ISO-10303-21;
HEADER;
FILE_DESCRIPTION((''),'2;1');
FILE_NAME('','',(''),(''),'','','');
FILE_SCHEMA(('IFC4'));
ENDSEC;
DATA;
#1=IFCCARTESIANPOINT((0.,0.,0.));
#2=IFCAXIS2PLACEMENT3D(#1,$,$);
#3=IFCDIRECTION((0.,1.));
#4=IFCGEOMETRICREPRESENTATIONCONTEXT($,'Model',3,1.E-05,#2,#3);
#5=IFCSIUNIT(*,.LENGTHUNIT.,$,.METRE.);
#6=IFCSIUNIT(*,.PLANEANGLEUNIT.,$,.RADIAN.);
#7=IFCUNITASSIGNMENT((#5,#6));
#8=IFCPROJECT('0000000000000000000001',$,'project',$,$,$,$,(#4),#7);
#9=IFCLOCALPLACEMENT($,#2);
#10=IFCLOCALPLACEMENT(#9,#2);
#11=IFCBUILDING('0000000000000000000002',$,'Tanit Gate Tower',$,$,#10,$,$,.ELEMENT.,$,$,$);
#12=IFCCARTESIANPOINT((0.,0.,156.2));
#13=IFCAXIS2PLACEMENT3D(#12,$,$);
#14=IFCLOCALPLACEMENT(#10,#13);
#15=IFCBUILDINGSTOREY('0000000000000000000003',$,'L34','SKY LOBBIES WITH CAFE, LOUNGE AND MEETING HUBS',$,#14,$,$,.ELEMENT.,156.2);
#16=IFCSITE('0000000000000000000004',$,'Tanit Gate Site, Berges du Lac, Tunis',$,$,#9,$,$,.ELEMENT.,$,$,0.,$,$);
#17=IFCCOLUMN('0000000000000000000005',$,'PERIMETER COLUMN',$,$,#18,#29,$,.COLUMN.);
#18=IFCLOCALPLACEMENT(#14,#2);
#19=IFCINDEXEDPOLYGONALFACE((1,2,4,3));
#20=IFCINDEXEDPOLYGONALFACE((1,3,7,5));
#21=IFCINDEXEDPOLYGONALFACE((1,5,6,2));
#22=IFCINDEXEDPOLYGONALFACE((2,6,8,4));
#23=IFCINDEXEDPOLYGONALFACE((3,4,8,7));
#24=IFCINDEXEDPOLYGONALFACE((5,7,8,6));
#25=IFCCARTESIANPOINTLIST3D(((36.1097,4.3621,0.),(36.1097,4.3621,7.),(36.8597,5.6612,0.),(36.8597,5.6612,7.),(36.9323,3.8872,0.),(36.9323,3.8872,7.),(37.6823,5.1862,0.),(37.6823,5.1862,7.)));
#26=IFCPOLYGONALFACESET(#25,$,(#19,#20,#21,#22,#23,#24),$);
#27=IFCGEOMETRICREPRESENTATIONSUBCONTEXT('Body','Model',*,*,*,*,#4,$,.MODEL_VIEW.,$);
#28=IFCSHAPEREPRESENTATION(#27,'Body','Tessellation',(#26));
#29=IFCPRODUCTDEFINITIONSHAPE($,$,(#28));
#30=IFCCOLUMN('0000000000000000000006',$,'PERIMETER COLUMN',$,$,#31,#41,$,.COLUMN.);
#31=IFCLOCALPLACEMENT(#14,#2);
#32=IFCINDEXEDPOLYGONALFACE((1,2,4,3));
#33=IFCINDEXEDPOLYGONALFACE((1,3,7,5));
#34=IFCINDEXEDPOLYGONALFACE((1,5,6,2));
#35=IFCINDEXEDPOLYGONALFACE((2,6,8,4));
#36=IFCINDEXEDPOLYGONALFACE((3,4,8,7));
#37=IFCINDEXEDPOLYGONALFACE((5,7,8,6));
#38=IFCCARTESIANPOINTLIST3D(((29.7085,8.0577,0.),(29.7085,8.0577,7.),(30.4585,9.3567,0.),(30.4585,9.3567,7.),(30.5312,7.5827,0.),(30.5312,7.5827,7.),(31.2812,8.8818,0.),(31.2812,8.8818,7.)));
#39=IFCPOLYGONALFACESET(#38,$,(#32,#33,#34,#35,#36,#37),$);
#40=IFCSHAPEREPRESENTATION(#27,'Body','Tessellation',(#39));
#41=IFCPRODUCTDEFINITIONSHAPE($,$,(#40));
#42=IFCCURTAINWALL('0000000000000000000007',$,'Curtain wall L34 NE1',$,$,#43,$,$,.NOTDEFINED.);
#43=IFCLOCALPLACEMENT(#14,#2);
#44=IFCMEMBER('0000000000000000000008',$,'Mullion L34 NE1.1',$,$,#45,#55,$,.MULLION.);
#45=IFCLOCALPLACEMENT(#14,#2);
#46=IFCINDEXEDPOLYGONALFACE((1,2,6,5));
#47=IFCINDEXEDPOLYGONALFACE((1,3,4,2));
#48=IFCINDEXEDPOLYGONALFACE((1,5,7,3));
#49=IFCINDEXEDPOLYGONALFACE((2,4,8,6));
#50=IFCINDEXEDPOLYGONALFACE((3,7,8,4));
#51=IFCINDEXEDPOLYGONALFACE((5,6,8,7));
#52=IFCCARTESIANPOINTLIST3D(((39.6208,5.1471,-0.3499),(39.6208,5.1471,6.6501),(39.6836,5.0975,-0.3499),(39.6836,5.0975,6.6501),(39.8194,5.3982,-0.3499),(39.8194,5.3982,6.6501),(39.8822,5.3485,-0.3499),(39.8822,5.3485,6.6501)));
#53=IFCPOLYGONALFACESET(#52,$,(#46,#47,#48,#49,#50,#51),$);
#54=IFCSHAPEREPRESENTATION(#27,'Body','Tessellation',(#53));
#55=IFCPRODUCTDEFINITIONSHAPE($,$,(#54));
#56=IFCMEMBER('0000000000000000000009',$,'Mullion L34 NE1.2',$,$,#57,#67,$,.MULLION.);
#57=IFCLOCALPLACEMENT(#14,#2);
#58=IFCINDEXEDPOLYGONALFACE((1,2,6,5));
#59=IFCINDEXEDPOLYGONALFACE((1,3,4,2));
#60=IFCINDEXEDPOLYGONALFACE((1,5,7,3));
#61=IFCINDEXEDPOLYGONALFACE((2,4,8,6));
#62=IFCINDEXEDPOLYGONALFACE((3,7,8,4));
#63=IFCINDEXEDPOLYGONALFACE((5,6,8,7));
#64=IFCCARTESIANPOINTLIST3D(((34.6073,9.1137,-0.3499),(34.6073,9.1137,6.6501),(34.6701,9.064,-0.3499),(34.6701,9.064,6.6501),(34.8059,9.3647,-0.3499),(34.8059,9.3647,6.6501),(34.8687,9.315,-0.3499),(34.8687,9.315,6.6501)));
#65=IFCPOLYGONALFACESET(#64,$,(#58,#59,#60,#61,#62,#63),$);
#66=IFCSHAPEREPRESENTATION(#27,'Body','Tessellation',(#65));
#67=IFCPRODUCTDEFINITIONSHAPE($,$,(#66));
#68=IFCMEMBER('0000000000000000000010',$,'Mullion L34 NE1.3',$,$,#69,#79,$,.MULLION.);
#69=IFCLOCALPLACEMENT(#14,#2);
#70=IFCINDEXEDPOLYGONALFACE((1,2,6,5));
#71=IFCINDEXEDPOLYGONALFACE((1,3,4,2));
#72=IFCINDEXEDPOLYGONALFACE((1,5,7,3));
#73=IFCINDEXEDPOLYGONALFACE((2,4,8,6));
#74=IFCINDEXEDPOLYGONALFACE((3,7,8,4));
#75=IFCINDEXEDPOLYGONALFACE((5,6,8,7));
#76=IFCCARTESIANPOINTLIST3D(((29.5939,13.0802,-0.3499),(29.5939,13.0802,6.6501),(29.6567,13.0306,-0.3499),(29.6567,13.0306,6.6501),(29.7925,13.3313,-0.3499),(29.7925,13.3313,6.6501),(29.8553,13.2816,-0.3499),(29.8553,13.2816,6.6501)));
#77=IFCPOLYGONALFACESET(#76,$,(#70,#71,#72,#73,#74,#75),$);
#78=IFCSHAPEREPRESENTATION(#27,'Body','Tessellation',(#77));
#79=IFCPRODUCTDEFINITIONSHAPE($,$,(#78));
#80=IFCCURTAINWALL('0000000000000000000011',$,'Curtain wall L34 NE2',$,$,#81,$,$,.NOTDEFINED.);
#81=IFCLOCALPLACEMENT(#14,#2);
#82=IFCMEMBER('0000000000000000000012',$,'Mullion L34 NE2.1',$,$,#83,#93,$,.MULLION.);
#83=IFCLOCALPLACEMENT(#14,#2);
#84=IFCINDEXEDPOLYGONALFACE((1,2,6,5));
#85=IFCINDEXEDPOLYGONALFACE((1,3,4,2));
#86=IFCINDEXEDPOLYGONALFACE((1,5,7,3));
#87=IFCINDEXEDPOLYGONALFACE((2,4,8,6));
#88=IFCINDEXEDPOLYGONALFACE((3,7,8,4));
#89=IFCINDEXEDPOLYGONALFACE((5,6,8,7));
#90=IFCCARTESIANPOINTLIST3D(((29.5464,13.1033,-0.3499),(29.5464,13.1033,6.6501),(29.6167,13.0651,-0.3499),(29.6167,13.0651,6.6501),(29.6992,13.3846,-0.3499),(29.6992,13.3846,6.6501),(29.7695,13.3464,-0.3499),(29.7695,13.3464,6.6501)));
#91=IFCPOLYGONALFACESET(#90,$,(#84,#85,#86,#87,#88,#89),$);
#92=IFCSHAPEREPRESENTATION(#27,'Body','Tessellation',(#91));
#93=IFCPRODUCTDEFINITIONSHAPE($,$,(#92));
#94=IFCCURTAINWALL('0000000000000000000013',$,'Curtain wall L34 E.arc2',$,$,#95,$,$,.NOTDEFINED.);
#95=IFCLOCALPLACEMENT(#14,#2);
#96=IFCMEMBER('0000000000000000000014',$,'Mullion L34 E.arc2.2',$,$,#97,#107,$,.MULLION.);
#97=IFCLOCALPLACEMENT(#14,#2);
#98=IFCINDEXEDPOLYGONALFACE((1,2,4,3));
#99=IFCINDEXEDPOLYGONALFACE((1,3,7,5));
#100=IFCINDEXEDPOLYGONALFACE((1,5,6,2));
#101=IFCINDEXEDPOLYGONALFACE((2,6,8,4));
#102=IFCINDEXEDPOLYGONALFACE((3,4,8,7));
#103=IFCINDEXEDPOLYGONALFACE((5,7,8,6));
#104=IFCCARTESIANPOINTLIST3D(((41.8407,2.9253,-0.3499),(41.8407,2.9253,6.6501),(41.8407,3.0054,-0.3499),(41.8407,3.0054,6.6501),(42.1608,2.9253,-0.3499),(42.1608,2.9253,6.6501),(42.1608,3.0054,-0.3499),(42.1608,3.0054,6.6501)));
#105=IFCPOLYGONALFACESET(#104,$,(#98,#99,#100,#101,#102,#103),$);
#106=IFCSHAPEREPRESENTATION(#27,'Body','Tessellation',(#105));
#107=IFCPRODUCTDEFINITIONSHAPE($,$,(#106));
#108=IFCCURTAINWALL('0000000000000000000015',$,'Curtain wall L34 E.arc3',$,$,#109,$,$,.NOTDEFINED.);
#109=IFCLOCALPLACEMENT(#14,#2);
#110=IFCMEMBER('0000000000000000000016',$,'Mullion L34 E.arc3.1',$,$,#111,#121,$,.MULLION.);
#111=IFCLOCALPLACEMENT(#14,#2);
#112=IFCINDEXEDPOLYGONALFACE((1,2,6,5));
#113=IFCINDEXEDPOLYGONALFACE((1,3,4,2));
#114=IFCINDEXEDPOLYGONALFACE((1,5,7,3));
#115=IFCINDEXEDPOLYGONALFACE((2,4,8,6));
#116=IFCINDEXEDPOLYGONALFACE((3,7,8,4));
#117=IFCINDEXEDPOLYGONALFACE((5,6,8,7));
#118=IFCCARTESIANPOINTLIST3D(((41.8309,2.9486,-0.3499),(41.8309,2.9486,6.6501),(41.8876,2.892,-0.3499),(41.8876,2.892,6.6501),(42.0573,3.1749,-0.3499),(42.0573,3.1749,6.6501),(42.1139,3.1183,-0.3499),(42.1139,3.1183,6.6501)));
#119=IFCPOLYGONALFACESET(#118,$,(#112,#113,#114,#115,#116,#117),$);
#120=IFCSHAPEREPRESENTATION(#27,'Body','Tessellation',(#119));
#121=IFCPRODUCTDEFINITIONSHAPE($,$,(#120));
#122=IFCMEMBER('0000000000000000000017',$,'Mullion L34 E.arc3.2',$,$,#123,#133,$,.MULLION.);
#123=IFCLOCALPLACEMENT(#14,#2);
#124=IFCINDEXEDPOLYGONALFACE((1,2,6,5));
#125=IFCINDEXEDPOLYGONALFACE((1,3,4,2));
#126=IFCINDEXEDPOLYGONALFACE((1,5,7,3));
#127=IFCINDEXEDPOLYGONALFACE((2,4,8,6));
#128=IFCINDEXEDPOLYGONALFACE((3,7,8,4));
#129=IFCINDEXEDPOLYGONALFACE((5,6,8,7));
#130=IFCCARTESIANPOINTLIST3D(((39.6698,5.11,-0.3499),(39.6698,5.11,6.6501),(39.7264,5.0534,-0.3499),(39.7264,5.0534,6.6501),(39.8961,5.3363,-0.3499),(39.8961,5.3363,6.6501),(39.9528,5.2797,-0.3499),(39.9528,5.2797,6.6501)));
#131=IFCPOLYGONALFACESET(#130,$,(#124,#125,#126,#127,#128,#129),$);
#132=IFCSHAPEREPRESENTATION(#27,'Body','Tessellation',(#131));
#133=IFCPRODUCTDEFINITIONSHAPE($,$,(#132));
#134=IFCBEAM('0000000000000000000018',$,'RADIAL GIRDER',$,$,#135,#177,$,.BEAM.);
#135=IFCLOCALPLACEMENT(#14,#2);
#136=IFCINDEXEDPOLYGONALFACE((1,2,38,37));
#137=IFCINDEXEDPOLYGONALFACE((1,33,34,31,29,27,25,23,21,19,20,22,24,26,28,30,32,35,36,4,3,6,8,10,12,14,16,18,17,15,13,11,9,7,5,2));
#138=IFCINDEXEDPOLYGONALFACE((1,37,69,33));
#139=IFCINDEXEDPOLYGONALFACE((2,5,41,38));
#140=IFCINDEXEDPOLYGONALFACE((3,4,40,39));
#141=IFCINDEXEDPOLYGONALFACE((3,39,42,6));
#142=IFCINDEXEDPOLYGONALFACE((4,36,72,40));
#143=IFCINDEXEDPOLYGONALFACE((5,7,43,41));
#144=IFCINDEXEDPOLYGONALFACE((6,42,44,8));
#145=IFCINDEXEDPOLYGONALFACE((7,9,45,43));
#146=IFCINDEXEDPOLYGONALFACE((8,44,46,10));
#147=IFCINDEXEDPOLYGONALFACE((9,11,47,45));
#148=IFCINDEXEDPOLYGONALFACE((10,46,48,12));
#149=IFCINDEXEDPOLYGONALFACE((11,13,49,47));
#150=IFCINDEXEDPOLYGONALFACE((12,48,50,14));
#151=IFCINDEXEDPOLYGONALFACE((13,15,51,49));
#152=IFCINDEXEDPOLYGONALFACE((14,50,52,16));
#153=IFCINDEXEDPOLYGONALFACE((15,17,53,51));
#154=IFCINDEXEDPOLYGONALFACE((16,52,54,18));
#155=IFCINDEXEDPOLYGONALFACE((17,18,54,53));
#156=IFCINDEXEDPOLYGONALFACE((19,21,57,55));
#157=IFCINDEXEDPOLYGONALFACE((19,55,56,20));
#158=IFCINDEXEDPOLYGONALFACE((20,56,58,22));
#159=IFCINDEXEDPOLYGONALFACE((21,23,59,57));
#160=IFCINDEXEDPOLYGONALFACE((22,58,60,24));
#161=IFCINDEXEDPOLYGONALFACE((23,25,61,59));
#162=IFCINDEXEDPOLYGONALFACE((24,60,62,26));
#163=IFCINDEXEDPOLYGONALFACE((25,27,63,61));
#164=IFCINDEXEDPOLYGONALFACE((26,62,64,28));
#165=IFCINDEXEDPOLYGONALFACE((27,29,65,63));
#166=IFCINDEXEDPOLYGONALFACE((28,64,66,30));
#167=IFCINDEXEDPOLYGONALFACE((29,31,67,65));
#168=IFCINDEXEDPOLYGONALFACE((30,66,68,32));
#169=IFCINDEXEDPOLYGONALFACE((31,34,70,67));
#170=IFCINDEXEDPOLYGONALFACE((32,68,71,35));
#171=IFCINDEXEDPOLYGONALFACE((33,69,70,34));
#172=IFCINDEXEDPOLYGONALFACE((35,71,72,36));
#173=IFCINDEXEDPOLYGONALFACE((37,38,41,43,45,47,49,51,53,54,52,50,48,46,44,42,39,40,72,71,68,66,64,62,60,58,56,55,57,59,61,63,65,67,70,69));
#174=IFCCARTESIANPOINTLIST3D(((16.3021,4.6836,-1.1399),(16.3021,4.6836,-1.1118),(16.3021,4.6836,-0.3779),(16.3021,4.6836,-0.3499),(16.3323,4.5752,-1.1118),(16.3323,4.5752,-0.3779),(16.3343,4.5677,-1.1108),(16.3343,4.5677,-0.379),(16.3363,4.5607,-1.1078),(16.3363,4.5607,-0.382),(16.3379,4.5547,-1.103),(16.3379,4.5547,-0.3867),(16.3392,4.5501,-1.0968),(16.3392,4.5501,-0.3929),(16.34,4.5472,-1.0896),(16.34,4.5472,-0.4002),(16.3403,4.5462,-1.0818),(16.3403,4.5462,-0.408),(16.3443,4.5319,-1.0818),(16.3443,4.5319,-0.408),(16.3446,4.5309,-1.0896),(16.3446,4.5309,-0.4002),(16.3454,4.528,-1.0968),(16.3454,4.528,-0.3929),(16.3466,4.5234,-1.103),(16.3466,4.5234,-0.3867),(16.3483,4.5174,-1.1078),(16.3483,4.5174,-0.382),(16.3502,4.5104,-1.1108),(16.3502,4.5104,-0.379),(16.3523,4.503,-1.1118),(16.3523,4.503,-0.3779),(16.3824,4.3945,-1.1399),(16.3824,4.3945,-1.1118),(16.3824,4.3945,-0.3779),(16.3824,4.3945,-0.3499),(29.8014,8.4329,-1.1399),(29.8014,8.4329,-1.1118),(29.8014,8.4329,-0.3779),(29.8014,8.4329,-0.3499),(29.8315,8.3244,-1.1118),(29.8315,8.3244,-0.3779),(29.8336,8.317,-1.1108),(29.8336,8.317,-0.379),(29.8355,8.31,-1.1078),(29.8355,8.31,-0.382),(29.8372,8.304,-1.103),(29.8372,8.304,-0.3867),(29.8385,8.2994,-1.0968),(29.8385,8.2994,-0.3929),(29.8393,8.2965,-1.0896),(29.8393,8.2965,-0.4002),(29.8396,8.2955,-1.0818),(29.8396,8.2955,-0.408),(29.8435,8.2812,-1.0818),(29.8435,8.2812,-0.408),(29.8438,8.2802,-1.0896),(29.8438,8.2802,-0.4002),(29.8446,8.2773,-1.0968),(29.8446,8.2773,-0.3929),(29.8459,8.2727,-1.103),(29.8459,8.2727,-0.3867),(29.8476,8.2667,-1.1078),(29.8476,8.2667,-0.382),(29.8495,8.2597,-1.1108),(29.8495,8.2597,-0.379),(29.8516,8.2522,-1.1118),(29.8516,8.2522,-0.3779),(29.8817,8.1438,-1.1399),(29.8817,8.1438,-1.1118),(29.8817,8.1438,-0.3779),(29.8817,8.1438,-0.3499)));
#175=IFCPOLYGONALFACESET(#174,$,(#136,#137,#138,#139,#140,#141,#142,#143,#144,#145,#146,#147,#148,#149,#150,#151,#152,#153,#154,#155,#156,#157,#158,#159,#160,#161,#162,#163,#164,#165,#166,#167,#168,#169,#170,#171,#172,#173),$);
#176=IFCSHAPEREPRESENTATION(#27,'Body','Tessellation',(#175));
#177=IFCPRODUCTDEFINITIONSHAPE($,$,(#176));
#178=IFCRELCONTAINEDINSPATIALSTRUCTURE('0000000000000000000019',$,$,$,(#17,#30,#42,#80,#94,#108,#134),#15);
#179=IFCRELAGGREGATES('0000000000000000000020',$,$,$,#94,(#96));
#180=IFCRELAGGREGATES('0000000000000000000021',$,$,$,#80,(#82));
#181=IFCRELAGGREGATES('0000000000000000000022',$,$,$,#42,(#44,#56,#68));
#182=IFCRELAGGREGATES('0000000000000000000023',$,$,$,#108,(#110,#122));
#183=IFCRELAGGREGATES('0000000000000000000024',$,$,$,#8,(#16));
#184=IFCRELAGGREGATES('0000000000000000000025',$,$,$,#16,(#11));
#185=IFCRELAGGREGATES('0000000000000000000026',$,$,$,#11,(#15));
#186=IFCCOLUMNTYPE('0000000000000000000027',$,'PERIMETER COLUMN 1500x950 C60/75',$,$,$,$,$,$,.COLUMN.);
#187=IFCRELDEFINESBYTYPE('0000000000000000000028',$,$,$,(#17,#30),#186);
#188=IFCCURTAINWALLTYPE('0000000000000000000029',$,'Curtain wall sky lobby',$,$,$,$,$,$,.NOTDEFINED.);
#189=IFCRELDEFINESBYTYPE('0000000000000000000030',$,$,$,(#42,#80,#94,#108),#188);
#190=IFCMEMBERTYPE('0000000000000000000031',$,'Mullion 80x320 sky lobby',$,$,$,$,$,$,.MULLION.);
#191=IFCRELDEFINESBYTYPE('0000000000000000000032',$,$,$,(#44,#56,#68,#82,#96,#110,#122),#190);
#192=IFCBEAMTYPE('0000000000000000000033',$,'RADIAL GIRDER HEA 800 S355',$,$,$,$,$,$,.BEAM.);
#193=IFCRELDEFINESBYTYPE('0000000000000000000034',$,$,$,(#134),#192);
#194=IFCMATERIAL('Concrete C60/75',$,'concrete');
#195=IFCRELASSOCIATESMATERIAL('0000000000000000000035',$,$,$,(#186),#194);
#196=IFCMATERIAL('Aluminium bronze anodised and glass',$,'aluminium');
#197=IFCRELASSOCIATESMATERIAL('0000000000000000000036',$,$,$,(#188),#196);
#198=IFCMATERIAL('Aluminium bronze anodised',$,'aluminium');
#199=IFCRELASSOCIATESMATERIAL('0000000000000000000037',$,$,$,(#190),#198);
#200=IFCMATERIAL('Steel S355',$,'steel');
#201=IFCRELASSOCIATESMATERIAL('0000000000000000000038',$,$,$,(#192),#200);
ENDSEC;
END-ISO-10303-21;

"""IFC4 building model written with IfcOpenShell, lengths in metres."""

from ifc_helpers import new_model, si_unit, direction, frame, origin, origin_2d, place, context, subcontext, project, spatial, rectangle, i_section, extrude, material, material_profile, profile_set, type_object, element, aggregate, save


model = new_model("IFC4")

# Units and contexts
model_context = context("Model", 3, precision=1e-05, world=origin(), true_north=direction((0.0, 1.0)))
body_context = subcontext(model_context, "Body", "Model", "MODEL_VIEW")
ifc_project = project(units=[si_unit("LENGTHUNIT", "METRE"), si_unit("PLANEANGLEUNIT", "RADIAN")], contexts=[model_context])

# Site, building, storey
site_placement = place(None, origin())
site = spatial("IfcSite", under=ifc_project, at=site_placement, Name="Tanit Gate Site, Berges du Lac, Tunis", CompositionType="ELEMENT", RefElevation=0.0)
building_placement = place(site_placement, origin())
building = spatial("IfcBuilding", under=site, at=building_placement, Name="Tanit Gate Tower", CompositionType="ELEMENT")
storey_placement = place(building_placement, frame((0.0, 0.0, 156.2)))
storey = spatial("IfcBuildingStorey", under=building, at=storey_placement, Name="L34", Description="SKY LOBBIES WITH CAFE, LOUNGE AND MEETING HUBS", CompositionType="ELEMENT", Elevation=156.2)

# Columns
ifc_material_1 = material(Name="Concrete C60/75", Category="concrete")
ifc_material_profile_1 = material_profile(ifc_material_1, rectangle(XDim=1.5, YDim=0.95, at=origin_2d()), Name="RC 1500x950")
ifc_profile_set_1 = profile_set([ifc_material_profile_1], Name="Concrete C60/75")
column_type = type_object("IfcColumnType", Name="PERIMETER COLUMN 1500x950 C60/75", PredefinedType="COLUMN", material=ifc_profile_set_1)
for number, where, z_axis, x_axis, name in (
    (1, (36.896, 4.7742, 0.0), (0.0, 0.0, 1.0), (0.5, 0.866025, 0.0), "PERIMETER COLUMN"),
    (2, (30.4949, 8.4697, 0.0), (0.0, 0.0, 1.0), (0.5, 0.866025, 0.0), "PERIMETER COLUMN"),
):
    element("IfcColumn", number, at=place(storey_placement, frame(where, z_axis=z_axis, x_axis=x_axis)), inside=storey, type_object=column_type, Name=name, PredefinedType="COLUMN", context=body_context, shape_type="SweptSolid", body=[
        extrude(rectangle(XDim=1.5, YDim=0.95, at=origin_2d()), origin(), (0.0, 0.0, 1.0), 7.0),
    ])

# Curtain wall, members
ifc_material_2 = material(Name="Aluminium bronze anodised and glass", Category="aluminium")
curtain_wall_type = type_object("IfcCurtainWallType", Name="Curtain wall sky lobby", PredefinedType="NOTDEFINED", material=ifc_material_2)
curtain_wall_1_placement = place(storey_placement, origin())
curtain_wall_1 = element("IfcCurtainWall", 3, at=curtain_wall_1_placement, inside=storey, type_object=curtain_wall_type, Name="Curtain wall L34 NE1", PredefinedType="NOTDEFINED")
ifc_material_3 = material(Name="Aluminium bronze anodised", Category="aluminium")
ifc_material_profile_2 = material_profile(ifc_material_3, rectangle(XDim=0.3201, YDim=0.0801, at=origin_2d()), Name="80x320 bronze mullion")
ifc_profile_set_2 = profile_set([ifc_material_profile_2], Name="Aluminium bronze anodised")
member_type_1 = type_object("IfcMemberType", Name="Mullion 80x320 sky lobby", PredefinedType="MULLION", material=ifc_profile_set_2)
member_1_placement = place(storey_placement, frame((39.7515, 5.2478, -0.3499), z_axis=(0.0, 0.0, 1.0), x_axis=(-0.620462, -0.784237, 0.0)))
member_1 = element("IfcMember", 4, at=member_1_placement, type_object=member_type_1, Name="Mullion L34 NE1.1", PredefinedType="MULLION", context=body_context, shape_type="SweptSolid", body=[
    extrude(rectangle(XDim=0.3201, YDim=0.0801, at=origin_2d()), origin(), (0.0, 0.0, 1.0), 7.0),
])
member_2_placement = place(storey_placement, frame((34.738, 9.2144, -0.3499), z_axis=(0.0, 0.0, 1.0), x_axis=(-0.620462, -0.784237, 0.0)))
member_2 = element("IfcMember", 5, at=member_2_placement, type_object=member_type_1, Name="Mullion L34 NE1.2", PredefinedType="MULLION", context=body_context, shape_type="SweptSolid", body=[
    extrude(rectangle(XDim=0.3201, YDim=0.0801, at=origin_2d()), origin(), (0.0, 0.0, 1.0), 7.0),
])
member_3_placement = place(storey_placement, frame((29.7246, 13.1809, -0.3499), z_axis=(0.0, 0.0, 1.0), x_axis=(-0.620462, -0.784237, 0.0)))
member_3 = element("IfcMember", 6, at=member_3_placement, type_object=member_type_1, Name="Mullion L34 NE1.3", PredefinedType="MULLION", context=body_context, shape_type="SweptSolid", body=[
    extrude(rectangle(XDim=0.3201, YDim=0.0801, at=origin_2d()), origin(), (0.0, 0.0, 1.0), 7.0),
])

# Curtain walls, members
curtain_wall_2_placement = place(storey_placement, origin())
curtain_wall_2 = element("IfcCurtainWall", 7, at=curtain_wall_2_placement, inside=storey, type_object=curtain_wall_type, Name="Curtain wall L34 NE2", PredefinedType="NOTDEFINED")
member_4_placement = place(storey_placement, frame((29.658, 13.2249, -0.3499), z_axis=(0.0, 0.0, 1.0), x_axis=(-0.477381, -0.878696, 0.0)))
member_4 = element("IfcMember", 8, at=member_4_placement, type_object=member_type_1, Name="Mullion L34 NE2.1", PredefinedType="MULLION", context=body_context, shape_type="SweptSolid", body=[
    extrude(rectangle(XDim=0.3201, YDim=0.0801, at=origin_2d()), origin(), (0.0, 0.0, 1.0), 7.0),
])
curtain_wall_3_placement = place(storey_placement, origin())
curtain_wall_3 = element("IfcCurtainWall", 9, at=curtain_wall_3_placement, inside=storey, type_object=curtain_wall_type, Name="Curtain wall L34 E.arc2", PredefinedType="NOTDEFINED")
member_5_placement = place(storey_placement, frame((42.0007, 2.9653, -0.3499), z_axis=(0.0, 0.0, 1.0), x_axis=(-1.0, 0.0, 0.0)))
member_5 = element("IfcMember", 10, at=member_5_placement, type_object=member_type_1, Name="Mullion L34 E.arc2.2", PredefinedType="MULLION", context=body_context, shape_type="SweptSolid", body=[
    extrude(rectangle(XDim=0.3201, YDim=0.0801, at=origin_2d()), origin(), (0.0, 0.0, 1.0), 7.0),
])
aggregate(curtain_wall_3, [member_5])

# Curtain wall, members
curtain_wall_4_placement = place(storey_placement, origin())
curtain_wall_4 = element("IfcCurtainWall", 11, at=curtain_wall_4_placement, inside=storey, type_object=curtain_wall_type, Name="Curtain wall L34 E.arc3", PredefinedType="NOTDEFINED")
member_6_placement = place(storey_placement, frame((41.9724, 3.0334, -0.3499), z_axis=(0.0, 0.0, 1.0), x_axis=(-0.707107, -0.707107, 0.0)))
member_6 = element("IfcMember", 12, at=member_6_placement, type_object=member_type_1, Name="Mullion L34 E.arc3.1", PredefinedType="MULLION", context=body_context, shape_type="SweptSolid", body=[
    extrude(rectangle(XDim=0.3201, YDim=0.0801, at=origin_2d()), origin(), (0.0, 0.0, 1.0), 7.0),
])
member_7_placement = place(storey_placement, frame((39.8113, 5.1948, -0.3499), z_axis=(0.0, 0.0, 1.0), x_axis=(-0.707107, -0.707107, 0.0)))
member_7 = element("IfcMember", 13, at=member_7_placement, type_object=member_type_1, Name="Mullion L34 E.arc3.2", PredefinedType="MULLION", context=body_context, shape_type="SweptSolid", body=[
    extrude(rectangle(XDim=0.3201, YDim=0.0801, at=origin_2d()), origin(), (0.0, 0.0, 1.0), 7.0),
])

# Beam
ifc_material_4 = material(Name="Steel S355", Category="steel")
ifc_material_profile_3 = material_profile(ifc_material_4, i_section(OverallWidth=0.3, OverallDepth=0.79, WebThickness=0.0149, FlangeThickness=0.0281, FilletRadius=0.03, at=origin_2d()), Name="HEA 800")
ifc_profile_set_3 = profile_set([ifc_material_profile_3], Name="Steel S355")
beam_type_1 = type_object("IfcBeamType", Name="RADIAL GIRDER HEA 800 S355", PredefinedType="BEAM", material=ifc_profile_set_3)
beam_1_placement = place(storey_placement, frame((29.8416, 8.2883, -0.7449), z_axis=(-0.963528, -0.267609, 0.0), x_axis=(0.267609, -0.963528, 0.0)))
element("IfcBeam", 14, at=beam_1_placement, inside=storey, type_object=beam_type_1, Name="RADIAL GIRDER", PredefinedType="BEAM", context=body_context, shape_type="SweptSolid", body=[
    extrude(i_section(OverallWidth=0.3, OverallDepth=0.79, WebThickness=0.0149, FlangeThickness=0.0281, FilletRadius=0.03, at=origin_2d()), origin(), (0.0, 0.0, 1.0), 14.0103),
])

aggregate(curtain_wall_2, [member_4])

aggregate(curtain_wall_1, [member_1, member_2, member_3])
aggregate(curtain_wall_4, [member_6, member_7])

save(model, "model.ifc")
